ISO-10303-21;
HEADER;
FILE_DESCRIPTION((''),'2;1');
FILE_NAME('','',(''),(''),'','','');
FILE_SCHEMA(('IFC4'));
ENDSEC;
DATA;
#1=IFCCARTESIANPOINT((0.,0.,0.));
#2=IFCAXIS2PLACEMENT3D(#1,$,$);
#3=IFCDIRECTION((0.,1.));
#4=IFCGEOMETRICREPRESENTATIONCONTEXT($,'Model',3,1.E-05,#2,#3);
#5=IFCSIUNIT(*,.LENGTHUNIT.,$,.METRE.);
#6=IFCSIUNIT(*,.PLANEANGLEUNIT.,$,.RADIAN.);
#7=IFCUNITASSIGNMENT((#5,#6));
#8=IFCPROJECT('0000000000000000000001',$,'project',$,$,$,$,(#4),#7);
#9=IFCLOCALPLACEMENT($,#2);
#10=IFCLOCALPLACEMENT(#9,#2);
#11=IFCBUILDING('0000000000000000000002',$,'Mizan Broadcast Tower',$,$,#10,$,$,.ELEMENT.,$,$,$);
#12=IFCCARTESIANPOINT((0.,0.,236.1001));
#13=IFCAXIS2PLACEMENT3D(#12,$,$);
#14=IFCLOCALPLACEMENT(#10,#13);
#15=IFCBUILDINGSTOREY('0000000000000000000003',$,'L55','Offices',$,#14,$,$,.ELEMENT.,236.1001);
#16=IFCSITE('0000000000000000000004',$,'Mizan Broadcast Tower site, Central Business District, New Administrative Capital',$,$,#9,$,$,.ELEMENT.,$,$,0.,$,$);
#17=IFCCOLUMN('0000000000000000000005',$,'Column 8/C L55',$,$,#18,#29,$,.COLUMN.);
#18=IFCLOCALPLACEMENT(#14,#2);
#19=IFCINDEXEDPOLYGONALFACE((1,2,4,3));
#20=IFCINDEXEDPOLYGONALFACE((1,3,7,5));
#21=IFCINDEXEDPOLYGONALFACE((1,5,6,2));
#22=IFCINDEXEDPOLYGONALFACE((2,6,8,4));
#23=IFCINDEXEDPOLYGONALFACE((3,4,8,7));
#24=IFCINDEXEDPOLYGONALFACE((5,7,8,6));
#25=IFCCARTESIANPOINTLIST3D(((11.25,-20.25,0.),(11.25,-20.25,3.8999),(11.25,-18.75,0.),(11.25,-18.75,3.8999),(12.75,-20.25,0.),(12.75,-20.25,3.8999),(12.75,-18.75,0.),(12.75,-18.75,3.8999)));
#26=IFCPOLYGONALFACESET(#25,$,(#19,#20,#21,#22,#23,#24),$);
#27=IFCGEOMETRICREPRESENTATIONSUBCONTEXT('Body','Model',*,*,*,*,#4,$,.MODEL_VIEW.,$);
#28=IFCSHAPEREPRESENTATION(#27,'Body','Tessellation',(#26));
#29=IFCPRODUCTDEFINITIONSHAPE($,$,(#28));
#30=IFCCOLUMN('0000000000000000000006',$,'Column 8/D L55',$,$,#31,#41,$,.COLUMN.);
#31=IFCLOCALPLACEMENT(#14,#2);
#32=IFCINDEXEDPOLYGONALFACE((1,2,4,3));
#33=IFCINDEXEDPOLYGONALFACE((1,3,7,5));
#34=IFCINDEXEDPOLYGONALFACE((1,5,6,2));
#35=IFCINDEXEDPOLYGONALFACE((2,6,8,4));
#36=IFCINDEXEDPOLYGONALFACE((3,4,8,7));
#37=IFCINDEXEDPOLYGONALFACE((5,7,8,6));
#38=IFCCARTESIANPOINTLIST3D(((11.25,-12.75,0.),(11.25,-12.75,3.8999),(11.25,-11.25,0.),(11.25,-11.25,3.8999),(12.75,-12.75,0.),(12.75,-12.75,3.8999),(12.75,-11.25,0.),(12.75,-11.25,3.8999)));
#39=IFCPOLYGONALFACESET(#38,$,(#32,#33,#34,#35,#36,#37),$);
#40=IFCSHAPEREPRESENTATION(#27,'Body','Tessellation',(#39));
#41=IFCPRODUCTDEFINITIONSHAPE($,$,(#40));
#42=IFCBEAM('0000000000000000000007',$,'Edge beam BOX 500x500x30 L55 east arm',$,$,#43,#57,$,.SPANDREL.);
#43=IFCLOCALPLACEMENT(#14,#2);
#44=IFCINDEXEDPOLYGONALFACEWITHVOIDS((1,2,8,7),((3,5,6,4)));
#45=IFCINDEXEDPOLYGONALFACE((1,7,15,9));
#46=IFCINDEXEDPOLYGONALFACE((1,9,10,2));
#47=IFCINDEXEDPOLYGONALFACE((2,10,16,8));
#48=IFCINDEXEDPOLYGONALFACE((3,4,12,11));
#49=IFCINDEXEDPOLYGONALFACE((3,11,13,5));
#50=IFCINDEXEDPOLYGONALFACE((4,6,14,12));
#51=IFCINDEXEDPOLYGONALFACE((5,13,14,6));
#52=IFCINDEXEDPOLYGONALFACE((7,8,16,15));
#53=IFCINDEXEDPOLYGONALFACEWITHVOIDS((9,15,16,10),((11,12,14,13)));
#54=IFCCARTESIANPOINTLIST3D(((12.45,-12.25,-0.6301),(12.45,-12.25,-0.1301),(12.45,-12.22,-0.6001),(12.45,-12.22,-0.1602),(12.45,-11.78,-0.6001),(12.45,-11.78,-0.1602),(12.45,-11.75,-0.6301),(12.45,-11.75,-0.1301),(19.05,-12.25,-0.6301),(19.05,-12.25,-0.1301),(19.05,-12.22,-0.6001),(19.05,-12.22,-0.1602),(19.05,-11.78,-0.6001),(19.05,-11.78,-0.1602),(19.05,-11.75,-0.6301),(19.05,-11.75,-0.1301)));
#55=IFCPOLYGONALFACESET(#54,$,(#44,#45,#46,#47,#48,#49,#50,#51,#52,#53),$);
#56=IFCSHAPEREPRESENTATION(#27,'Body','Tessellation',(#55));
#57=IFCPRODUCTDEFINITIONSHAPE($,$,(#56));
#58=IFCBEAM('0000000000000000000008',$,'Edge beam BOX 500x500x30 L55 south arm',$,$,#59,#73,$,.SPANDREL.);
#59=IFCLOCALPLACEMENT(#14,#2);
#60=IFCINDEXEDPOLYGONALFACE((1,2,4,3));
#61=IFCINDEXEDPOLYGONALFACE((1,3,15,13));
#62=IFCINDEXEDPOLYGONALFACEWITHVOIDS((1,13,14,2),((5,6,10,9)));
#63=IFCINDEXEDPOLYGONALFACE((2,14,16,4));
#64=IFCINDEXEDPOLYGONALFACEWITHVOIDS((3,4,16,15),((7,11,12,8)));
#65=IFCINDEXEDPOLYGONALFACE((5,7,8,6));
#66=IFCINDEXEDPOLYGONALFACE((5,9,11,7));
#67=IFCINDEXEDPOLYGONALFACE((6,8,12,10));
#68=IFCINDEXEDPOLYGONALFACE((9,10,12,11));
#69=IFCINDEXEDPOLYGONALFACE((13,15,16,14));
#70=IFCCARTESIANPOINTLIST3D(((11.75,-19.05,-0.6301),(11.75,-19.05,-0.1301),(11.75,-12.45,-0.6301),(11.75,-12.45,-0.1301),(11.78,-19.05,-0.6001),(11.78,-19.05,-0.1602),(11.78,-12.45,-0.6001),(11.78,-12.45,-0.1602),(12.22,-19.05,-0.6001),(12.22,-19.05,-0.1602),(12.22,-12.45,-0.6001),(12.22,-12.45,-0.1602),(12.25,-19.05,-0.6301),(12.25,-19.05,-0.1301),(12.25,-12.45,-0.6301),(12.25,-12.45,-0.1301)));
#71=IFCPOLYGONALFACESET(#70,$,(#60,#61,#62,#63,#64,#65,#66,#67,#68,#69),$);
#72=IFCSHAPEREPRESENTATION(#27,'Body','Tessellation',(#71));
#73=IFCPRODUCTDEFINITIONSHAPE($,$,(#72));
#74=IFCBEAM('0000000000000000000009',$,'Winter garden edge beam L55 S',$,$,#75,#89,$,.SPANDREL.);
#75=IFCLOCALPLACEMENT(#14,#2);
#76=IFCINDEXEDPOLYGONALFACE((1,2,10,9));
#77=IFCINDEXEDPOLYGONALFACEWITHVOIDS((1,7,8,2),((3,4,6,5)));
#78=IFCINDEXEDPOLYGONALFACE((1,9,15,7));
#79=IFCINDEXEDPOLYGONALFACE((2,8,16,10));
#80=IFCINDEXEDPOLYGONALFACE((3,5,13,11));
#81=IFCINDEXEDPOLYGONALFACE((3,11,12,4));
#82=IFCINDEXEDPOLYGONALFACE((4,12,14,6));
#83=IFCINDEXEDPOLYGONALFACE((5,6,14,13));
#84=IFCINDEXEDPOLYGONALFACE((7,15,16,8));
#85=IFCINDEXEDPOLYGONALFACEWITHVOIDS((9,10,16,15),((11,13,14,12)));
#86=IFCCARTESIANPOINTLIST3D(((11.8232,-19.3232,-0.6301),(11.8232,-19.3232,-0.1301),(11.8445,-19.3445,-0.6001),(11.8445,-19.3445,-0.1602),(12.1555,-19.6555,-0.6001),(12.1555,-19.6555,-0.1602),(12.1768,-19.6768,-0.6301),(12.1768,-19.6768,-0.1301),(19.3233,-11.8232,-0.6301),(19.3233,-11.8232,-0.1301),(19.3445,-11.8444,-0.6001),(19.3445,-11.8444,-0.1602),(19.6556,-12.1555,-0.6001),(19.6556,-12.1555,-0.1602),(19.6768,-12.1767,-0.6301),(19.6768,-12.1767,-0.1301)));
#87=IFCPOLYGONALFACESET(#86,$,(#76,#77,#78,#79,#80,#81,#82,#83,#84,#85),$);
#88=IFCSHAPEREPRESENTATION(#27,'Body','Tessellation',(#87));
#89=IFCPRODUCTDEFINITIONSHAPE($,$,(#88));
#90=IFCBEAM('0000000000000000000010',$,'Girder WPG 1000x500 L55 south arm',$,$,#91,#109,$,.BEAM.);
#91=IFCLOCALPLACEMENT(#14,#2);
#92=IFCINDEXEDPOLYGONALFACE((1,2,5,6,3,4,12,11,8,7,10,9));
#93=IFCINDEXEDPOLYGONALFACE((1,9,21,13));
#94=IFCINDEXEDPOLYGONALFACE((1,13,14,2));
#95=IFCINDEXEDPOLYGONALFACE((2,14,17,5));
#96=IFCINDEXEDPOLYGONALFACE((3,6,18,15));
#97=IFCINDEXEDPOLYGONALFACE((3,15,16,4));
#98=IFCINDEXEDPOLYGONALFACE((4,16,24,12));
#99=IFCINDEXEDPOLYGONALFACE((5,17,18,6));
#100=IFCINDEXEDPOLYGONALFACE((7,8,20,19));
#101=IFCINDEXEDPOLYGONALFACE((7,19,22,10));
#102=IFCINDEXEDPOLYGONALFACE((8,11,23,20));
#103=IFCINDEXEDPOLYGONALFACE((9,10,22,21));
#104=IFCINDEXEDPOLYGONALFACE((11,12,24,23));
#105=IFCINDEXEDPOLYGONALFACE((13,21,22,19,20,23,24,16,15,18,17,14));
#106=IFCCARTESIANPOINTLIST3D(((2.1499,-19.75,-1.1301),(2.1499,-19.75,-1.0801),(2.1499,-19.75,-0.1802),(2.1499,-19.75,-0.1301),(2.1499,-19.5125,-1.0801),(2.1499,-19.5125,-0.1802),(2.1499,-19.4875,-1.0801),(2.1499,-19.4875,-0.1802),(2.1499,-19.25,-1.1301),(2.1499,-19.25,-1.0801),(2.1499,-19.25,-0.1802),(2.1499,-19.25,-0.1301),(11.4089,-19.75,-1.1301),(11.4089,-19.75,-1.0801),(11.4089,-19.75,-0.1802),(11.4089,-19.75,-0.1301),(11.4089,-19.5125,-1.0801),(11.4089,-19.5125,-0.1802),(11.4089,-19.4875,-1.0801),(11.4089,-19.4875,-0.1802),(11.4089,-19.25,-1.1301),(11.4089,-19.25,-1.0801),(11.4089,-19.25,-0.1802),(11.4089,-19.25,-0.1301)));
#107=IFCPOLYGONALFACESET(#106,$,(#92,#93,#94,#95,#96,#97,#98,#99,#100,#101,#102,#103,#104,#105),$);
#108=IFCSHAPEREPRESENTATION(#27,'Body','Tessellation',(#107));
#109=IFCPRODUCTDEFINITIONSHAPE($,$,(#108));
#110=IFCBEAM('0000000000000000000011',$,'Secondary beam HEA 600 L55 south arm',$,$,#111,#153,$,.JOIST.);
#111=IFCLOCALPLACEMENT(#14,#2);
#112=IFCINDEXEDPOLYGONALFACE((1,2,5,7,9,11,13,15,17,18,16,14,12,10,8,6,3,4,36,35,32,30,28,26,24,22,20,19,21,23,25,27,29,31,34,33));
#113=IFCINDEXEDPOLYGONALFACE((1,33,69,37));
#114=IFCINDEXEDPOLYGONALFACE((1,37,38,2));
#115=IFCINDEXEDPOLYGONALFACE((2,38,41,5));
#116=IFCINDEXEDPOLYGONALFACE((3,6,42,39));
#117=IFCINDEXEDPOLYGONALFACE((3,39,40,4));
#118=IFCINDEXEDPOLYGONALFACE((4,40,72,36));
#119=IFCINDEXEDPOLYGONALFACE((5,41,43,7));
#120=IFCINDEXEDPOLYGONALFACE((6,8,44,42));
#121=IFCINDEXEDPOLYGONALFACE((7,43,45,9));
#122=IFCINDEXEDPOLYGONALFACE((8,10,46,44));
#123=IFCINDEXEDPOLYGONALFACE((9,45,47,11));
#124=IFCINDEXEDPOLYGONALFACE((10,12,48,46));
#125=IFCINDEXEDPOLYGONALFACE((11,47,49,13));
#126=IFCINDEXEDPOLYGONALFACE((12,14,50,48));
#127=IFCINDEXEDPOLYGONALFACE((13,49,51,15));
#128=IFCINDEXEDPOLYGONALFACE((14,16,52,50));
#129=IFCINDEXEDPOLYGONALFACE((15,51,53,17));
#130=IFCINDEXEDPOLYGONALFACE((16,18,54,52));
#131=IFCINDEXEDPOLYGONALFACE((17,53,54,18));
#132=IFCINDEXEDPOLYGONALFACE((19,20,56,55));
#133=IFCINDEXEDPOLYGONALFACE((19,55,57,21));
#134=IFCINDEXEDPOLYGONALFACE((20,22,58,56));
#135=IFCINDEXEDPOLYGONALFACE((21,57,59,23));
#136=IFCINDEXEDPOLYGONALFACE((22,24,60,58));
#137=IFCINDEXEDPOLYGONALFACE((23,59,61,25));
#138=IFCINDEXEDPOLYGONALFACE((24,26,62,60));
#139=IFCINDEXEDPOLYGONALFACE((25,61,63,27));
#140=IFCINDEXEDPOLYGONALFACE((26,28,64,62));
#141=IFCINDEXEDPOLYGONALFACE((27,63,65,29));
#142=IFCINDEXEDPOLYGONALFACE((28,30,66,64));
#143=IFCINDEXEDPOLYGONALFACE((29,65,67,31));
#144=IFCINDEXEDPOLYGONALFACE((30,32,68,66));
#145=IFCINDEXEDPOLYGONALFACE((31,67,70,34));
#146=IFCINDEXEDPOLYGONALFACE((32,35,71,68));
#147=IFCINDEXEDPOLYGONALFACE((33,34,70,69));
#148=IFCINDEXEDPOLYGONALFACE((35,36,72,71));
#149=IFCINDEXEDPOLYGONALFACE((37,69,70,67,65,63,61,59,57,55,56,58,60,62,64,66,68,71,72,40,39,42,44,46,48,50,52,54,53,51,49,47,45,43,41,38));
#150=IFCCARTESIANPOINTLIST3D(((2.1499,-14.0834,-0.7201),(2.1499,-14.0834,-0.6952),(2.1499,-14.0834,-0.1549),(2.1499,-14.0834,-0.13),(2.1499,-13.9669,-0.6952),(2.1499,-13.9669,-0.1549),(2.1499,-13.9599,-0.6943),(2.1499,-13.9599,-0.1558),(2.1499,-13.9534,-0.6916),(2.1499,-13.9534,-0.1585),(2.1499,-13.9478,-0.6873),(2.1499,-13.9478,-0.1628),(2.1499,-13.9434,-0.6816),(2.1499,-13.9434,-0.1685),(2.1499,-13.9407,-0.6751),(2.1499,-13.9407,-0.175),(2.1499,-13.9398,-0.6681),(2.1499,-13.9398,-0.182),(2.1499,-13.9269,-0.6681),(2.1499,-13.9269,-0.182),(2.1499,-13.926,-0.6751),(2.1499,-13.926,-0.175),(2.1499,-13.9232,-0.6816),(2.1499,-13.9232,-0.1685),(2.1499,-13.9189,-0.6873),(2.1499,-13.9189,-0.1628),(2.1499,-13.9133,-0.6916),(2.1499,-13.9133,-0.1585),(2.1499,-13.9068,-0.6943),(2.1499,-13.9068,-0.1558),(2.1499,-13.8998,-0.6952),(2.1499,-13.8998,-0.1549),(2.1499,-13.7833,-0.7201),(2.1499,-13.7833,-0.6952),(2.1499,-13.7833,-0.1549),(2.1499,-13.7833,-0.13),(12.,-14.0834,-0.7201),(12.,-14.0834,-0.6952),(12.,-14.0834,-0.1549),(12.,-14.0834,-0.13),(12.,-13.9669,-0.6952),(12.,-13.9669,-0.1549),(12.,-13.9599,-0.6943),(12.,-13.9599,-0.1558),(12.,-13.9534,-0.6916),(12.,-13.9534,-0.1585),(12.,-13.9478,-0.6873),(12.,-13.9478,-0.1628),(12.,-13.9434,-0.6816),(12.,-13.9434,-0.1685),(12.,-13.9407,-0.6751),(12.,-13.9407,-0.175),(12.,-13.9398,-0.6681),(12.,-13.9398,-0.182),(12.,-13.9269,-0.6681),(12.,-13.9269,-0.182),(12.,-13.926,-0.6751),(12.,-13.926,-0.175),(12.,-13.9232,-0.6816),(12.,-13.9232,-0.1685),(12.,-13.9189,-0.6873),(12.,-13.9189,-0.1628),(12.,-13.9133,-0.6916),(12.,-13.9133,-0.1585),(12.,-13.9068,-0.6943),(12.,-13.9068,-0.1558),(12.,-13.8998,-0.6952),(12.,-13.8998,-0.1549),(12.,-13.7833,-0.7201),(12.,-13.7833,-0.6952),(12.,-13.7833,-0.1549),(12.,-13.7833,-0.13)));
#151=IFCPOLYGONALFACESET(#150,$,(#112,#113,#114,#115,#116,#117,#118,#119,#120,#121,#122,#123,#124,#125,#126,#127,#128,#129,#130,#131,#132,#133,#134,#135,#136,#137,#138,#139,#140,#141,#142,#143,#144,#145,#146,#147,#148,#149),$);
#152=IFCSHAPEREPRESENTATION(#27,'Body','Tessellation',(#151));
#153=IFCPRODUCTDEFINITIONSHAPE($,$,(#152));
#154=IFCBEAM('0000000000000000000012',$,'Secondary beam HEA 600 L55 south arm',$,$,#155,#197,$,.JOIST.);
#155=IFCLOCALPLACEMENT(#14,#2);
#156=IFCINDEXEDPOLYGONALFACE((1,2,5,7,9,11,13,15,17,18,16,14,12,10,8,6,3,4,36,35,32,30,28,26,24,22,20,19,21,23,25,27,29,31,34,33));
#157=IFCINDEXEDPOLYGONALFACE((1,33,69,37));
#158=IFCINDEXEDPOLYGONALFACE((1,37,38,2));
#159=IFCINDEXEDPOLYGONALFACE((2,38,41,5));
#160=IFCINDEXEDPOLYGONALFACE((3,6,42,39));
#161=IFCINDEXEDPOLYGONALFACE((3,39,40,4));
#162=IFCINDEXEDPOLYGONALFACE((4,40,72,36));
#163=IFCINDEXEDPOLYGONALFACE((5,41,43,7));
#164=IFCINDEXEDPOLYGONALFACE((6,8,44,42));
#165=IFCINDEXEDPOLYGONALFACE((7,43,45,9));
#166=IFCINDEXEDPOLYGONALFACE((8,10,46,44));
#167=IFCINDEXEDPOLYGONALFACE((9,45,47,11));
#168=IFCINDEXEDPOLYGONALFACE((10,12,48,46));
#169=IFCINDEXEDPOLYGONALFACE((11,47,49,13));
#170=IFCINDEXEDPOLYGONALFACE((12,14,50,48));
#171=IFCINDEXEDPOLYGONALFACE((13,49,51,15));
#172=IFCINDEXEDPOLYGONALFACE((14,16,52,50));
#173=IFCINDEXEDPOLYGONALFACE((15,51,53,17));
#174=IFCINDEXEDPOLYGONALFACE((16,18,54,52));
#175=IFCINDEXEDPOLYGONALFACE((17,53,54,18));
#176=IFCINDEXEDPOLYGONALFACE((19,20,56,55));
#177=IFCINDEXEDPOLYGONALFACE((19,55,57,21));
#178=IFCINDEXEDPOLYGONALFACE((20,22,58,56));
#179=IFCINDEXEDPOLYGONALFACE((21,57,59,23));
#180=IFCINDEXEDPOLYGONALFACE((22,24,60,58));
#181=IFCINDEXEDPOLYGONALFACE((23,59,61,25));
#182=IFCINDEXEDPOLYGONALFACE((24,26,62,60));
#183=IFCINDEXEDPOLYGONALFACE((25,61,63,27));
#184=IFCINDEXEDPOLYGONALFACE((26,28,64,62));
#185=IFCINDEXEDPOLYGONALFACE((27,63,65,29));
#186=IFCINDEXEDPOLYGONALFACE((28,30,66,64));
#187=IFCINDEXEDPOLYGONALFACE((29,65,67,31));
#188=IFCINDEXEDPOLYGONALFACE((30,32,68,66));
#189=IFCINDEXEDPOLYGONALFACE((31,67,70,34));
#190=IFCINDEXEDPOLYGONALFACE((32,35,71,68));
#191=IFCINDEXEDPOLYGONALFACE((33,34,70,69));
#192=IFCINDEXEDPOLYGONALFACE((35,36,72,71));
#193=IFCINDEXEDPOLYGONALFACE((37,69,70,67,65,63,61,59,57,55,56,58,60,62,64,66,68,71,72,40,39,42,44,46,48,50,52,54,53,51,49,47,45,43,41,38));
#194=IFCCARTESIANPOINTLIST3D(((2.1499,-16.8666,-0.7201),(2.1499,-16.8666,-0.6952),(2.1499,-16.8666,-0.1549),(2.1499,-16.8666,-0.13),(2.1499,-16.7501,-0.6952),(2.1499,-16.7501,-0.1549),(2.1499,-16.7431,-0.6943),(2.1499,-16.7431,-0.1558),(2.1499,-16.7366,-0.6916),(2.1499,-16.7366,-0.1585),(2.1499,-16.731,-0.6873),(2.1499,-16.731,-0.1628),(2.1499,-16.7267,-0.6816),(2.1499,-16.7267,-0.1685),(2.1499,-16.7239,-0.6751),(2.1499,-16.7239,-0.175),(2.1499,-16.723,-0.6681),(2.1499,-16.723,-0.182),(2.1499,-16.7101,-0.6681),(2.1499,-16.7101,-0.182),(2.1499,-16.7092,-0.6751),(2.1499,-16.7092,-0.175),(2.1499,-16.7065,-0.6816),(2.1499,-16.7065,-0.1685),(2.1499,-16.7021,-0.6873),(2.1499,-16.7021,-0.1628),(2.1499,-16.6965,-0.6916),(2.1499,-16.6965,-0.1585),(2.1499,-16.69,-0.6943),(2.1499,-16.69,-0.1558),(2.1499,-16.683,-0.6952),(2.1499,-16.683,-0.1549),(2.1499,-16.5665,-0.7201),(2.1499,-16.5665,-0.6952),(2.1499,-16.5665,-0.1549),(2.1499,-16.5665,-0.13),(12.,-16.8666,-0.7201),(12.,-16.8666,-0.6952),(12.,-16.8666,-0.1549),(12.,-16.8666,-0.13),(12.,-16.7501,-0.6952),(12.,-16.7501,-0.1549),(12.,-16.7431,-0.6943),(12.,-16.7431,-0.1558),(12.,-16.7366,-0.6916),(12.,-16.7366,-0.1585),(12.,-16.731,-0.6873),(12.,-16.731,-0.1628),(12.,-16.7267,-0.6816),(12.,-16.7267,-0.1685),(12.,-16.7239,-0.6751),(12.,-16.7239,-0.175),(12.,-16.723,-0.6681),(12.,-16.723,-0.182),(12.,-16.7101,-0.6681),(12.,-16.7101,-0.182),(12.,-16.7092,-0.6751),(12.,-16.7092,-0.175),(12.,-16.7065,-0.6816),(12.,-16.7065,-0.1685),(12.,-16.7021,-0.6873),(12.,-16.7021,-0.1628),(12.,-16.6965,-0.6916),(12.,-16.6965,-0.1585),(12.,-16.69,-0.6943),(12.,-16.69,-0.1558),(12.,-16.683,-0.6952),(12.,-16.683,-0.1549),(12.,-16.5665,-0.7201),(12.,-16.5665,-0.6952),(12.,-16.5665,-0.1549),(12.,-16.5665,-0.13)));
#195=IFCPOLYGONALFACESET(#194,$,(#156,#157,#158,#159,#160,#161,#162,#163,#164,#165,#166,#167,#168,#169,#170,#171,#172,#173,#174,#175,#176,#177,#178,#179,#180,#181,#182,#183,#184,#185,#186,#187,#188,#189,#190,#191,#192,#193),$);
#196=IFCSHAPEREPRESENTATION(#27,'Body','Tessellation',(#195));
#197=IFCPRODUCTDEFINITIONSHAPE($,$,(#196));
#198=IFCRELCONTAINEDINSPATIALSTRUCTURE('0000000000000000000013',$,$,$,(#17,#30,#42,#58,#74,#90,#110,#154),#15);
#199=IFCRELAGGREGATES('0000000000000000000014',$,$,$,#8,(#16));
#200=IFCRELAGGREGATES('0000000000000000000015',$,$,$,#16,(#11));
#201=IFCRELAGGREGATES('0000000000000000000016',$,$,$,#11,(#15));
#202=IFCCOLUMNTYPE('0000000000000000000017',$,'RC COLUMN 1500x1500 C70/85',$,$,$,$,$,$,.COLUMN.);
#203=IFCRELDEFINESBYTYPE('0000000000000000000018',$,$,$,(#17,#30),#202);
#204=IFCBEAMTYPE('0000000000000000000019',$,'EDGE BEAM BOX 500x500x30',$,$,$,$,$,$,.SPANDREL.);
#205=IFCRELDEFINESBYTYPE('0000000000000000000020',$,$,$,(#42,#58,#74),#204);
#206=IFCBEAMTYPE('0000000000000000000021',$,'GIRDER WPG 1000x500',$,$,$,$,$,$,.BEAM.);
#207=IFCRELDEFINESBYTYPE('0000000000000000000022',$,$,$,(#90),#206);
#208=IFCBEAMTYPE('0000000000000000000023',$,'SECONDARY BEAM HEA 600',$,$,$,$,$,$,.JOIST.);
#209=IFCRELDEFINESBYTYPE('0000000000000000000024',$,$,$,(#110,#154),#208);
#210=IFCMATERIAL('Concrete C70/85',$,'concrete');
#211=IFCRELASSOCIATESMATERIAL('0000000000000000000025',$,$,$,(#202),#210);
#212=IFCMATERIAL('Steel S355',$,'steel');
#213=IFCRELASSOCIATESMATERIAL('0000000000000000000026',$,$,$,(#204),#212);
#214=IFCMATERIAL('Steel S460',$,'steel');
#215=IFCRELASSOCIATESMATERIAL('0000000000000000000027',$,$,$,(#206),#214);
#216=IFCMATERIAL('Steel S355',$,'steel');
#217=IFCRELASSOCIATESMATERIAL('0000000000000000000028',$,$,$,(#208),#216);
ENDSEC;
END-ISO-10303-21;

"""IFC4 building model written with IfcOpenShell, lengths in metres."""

from ifc_helpers import new_model, si_unit, direction, frame, origin, origin_2d, place, context, subcontext, project, spatial, rectangle, hollow_rectangle, i_section, extrude, material, material_profile, profile_set, type_object, element, save


model = new_model("IFC4")

# Units and contexts
model_context = context("Model", 3, precision=1e-05, world=origin(), true_north=direction((0.0, 1.0)))
body_context = subcontext(model_context, "Body", "Model", "MODEL_VIEW")
ifc_project = project(units=[si_unit("LENGTHUNIT", "METRE"), si_unit("PLANEANGLEUNIT", "RADIAN")], contexts=[model_context])

# Site, building, storey
site_placement = place(None, origin())
site = spatial("IfcSite", under=ifc_project, at=site_placement, Name="Mizan Broadcast Tower site, Central Business District, New Administrative Capital", CompositionType="ELEMENT", RefElevation=0.0)
building_placement = place(site_placement, origin())
building = spatial("IfcBuilding", under=site, at=building_placement, Name="Mizan Broadcast Tower", CompositionType="ELEMENT")
storey_placement = place(building_placement, frame((0.0, 0.0, 236.1001)))
storey = spatial("IfcBuildingStorey", under=building, at=storey_placement, Name="L55", Description="Offices", CompositionType="ELEMENT", Elevation=236.1001)

# Columns
ifc_material_1 = material(Name="Concrete C70/85", Category="concrete")
ifc_material_profile_1 = material_profile(ifc_material_1, rectangle(XDim=1.5, YDim=1.5, at=origin_2d()), Name="RC 1500x1500")
ifc_profile_set_1 = profile_set([ifc_material_profile_1], Name="Concrete C70/85")
column_type = type_object("IfcColumnType", Name="RC COLUMN 1500x1500 C70/85", PredefinedType="COLUMN", material=ifc_profile_set_1)
for number, where, z_axis, x_axis, name in (
    (1, (12.0, -19.5, 0.0), (0.0, 0.0, 1.0), (1.0, 0.0, 0.0), "Column 8/C L55"),
    (2, (12.0, -12.0, 0.0), (0.0, 0.0, 1.0), (1.0, 0.0, 0.0), "Column 8/D L55"),
):
    element("IfcColumn", number, at=place(storey_placement, frame(where, z_axis=z_axis, x_axis=x_axis)), inside=storey, type_object=column_type, Name=name, PredefinedType="COLUMN", context=body_context, shape_type="SweptSolid", body=[
        extrude(rectangle(XDim=1.5, YDim=1.5, at=origin_2d()), origin(), (0.0, 0.0, 1.0), 3.8999),
    ])

# Beams
ifc_material_2 = material(Name="Steel S355", Category="steel")
ifc_material_profile_2 = material_profile(ifc_material_2, hollow_rectangle(XDim=0.5, YDim=0.5, WallThickness=0.03, at=origin_2d()), Name="BOX 500x500x30")
ifc_profile_set_2 = profile_set([ifc_material_profile_2], Name="Steel S355")
beam_type_1 = type_object("IfcBeamType", Name="EDGE BEAM BOX 500x500x30", PredefinedType="SPANDREL", material=ifc_profile_set_2)
for number, where, z_axis, x_axis, name in (
    (3, (12.45, -12.0, -0.3801), (1.0, 0.0, 0.0), (0.0, 1.0, 0.0), "Edge beam BOX 500x500x30 L55 east arm"),
    (4, (12.0, -12.45, -0.3801), (0.0, -1.0, 0.0), (1.0, 0.0, 0.0), "Edge beam BOX 500x500x30 L55 south arm"),
):
    element("IfcBeam", number, at=place(storey_placement, frame(where, z_axis=z_axis, x_axis=x_axis)), inside=storey, type_object=beam_type_1, Name=name, PredefinedType="SPANDREL", context=body_context, shape_type="SweptSolid", body=[
        extrude(hollow_rectangle(XDim=0.5, YDim=0.5, WallThickness=0.03, at=origin_2d()), origin(), (0.0, 0.0, 1.0), 6.6001),
    ])
beam_1_placement = place(storey_placement, frame((12.0, -19.5, -0.3801), z_axis=(0.707107, 0.707107, 0.0), x_axis=(-0.707107, 0.707107, 0.0)))
element("IfcBeam", 5, at=beam_1_placement, inside=storey, type_object=beam_type_1, Name="Winter garden edge beam L55 S", PredefinedType="SPANDREL", context=body_context, shape_type="SweptSolid", body=[
    extrude(hollow_rectangle(XDim=0.5, YDim=0.5, WallThickness=0.03, at=origin_2d()), origin(), (0.0, 0.0, 1.0), 10.6067),
])
ifc_material_3 = material(Name="Steel S460", Category="steel")
ifc_material_profile_3 = material_profile(ifc_material_3, i_section(OverallWidth=0.5, OverallDepth=1.0, WebThickness=0.0249, FlangeThickness=0.05, at=origin_2d()), Name="WPG 1000x500")
ifc_profile_set_3 = profile_set([ifc_material_profile_3], Name="Steel S460")
beam_type_2 = type_object("IfcBeamType", Name="GIRDER WPG 1000x500", PredefinedType="BEAM", material=ifc_profile_set_3)
beam_2_placement = place(storey_placement, frame((11.4089, -19.5, -0.6301), z_axis=(-1.0, 0.0, 0.0), x_axis=(0.0, -1.0, 0.0)))
element("IfcBeam", 6, at=beam_2_placement, inside=storey, type_object=beam_type_2, Name="Girder WPG 1000x500 L55 south arm", PredefinedType="BEAM", context=body_context, shape_type="SweptSolid", body=[
    extrude(i_section(OverallWidth=0.5, OverallDepth=1.0, WebThickness=0.0249, FlangeThickness=0.05, at=origin_2d()), origin(), (0.0, 0.0, 1.0), 9.259),
])
ifc_material_4 = material(Name="Steel S355", Category="steel")
ifc_material_profile_4 = material_profile(ifc_material_4, i_section(OverallWidth=0.3, OverallDepth=0.5901, WebThickness=0.0129, FlangeThickness=0.0249, FilletRadius=0.0271, at=origin_2d()), Name="HEA 600")
ifc_profile_set_4 = profile_set([ifc_material_profile_4], Name="Steel S355")
beam_type_3 = type_object("IfcBeamType", Name="SECONDARY BEAM HEA 600", PredefinedType="JOIST", material=ifc_profile_set_4)
for number, where, z_axis, x_axis, name in (
    (7, (12.0, -13.9333, -0.425), (-1.0, 0.0, 0.0), (0.0, -1.0, 0.0), "Secondary beam HEA 600 L55 south arm"),
    (8, (12.0, -16.7166, -0.425), (-1.0, 0.0, 0.0), (0.0, -1.0, 0.0), "Secondary beam HEA 600 L55 south arm"),
):
    element("IfcBeam", number, at=place(storey_placement, frame(where, z_axis=z_axis, x_axis=x_axis)), inside=storey, type_object=beam_type_3, Name=name, PredefinedType="JOIST", context=body_context, shape_type="SweptSolid", body=[
        extrude(i_section(OverallWidth=0.3, OverallDepth=0.5901, WebThickness=0.0129, FlangeThickness=0.0249, FilletRadius=0.0271, at=origin_2d()), origin(), (0.0, 0.0, 1.0), 9.8501),
    ])

save(model, "model.ifc")
